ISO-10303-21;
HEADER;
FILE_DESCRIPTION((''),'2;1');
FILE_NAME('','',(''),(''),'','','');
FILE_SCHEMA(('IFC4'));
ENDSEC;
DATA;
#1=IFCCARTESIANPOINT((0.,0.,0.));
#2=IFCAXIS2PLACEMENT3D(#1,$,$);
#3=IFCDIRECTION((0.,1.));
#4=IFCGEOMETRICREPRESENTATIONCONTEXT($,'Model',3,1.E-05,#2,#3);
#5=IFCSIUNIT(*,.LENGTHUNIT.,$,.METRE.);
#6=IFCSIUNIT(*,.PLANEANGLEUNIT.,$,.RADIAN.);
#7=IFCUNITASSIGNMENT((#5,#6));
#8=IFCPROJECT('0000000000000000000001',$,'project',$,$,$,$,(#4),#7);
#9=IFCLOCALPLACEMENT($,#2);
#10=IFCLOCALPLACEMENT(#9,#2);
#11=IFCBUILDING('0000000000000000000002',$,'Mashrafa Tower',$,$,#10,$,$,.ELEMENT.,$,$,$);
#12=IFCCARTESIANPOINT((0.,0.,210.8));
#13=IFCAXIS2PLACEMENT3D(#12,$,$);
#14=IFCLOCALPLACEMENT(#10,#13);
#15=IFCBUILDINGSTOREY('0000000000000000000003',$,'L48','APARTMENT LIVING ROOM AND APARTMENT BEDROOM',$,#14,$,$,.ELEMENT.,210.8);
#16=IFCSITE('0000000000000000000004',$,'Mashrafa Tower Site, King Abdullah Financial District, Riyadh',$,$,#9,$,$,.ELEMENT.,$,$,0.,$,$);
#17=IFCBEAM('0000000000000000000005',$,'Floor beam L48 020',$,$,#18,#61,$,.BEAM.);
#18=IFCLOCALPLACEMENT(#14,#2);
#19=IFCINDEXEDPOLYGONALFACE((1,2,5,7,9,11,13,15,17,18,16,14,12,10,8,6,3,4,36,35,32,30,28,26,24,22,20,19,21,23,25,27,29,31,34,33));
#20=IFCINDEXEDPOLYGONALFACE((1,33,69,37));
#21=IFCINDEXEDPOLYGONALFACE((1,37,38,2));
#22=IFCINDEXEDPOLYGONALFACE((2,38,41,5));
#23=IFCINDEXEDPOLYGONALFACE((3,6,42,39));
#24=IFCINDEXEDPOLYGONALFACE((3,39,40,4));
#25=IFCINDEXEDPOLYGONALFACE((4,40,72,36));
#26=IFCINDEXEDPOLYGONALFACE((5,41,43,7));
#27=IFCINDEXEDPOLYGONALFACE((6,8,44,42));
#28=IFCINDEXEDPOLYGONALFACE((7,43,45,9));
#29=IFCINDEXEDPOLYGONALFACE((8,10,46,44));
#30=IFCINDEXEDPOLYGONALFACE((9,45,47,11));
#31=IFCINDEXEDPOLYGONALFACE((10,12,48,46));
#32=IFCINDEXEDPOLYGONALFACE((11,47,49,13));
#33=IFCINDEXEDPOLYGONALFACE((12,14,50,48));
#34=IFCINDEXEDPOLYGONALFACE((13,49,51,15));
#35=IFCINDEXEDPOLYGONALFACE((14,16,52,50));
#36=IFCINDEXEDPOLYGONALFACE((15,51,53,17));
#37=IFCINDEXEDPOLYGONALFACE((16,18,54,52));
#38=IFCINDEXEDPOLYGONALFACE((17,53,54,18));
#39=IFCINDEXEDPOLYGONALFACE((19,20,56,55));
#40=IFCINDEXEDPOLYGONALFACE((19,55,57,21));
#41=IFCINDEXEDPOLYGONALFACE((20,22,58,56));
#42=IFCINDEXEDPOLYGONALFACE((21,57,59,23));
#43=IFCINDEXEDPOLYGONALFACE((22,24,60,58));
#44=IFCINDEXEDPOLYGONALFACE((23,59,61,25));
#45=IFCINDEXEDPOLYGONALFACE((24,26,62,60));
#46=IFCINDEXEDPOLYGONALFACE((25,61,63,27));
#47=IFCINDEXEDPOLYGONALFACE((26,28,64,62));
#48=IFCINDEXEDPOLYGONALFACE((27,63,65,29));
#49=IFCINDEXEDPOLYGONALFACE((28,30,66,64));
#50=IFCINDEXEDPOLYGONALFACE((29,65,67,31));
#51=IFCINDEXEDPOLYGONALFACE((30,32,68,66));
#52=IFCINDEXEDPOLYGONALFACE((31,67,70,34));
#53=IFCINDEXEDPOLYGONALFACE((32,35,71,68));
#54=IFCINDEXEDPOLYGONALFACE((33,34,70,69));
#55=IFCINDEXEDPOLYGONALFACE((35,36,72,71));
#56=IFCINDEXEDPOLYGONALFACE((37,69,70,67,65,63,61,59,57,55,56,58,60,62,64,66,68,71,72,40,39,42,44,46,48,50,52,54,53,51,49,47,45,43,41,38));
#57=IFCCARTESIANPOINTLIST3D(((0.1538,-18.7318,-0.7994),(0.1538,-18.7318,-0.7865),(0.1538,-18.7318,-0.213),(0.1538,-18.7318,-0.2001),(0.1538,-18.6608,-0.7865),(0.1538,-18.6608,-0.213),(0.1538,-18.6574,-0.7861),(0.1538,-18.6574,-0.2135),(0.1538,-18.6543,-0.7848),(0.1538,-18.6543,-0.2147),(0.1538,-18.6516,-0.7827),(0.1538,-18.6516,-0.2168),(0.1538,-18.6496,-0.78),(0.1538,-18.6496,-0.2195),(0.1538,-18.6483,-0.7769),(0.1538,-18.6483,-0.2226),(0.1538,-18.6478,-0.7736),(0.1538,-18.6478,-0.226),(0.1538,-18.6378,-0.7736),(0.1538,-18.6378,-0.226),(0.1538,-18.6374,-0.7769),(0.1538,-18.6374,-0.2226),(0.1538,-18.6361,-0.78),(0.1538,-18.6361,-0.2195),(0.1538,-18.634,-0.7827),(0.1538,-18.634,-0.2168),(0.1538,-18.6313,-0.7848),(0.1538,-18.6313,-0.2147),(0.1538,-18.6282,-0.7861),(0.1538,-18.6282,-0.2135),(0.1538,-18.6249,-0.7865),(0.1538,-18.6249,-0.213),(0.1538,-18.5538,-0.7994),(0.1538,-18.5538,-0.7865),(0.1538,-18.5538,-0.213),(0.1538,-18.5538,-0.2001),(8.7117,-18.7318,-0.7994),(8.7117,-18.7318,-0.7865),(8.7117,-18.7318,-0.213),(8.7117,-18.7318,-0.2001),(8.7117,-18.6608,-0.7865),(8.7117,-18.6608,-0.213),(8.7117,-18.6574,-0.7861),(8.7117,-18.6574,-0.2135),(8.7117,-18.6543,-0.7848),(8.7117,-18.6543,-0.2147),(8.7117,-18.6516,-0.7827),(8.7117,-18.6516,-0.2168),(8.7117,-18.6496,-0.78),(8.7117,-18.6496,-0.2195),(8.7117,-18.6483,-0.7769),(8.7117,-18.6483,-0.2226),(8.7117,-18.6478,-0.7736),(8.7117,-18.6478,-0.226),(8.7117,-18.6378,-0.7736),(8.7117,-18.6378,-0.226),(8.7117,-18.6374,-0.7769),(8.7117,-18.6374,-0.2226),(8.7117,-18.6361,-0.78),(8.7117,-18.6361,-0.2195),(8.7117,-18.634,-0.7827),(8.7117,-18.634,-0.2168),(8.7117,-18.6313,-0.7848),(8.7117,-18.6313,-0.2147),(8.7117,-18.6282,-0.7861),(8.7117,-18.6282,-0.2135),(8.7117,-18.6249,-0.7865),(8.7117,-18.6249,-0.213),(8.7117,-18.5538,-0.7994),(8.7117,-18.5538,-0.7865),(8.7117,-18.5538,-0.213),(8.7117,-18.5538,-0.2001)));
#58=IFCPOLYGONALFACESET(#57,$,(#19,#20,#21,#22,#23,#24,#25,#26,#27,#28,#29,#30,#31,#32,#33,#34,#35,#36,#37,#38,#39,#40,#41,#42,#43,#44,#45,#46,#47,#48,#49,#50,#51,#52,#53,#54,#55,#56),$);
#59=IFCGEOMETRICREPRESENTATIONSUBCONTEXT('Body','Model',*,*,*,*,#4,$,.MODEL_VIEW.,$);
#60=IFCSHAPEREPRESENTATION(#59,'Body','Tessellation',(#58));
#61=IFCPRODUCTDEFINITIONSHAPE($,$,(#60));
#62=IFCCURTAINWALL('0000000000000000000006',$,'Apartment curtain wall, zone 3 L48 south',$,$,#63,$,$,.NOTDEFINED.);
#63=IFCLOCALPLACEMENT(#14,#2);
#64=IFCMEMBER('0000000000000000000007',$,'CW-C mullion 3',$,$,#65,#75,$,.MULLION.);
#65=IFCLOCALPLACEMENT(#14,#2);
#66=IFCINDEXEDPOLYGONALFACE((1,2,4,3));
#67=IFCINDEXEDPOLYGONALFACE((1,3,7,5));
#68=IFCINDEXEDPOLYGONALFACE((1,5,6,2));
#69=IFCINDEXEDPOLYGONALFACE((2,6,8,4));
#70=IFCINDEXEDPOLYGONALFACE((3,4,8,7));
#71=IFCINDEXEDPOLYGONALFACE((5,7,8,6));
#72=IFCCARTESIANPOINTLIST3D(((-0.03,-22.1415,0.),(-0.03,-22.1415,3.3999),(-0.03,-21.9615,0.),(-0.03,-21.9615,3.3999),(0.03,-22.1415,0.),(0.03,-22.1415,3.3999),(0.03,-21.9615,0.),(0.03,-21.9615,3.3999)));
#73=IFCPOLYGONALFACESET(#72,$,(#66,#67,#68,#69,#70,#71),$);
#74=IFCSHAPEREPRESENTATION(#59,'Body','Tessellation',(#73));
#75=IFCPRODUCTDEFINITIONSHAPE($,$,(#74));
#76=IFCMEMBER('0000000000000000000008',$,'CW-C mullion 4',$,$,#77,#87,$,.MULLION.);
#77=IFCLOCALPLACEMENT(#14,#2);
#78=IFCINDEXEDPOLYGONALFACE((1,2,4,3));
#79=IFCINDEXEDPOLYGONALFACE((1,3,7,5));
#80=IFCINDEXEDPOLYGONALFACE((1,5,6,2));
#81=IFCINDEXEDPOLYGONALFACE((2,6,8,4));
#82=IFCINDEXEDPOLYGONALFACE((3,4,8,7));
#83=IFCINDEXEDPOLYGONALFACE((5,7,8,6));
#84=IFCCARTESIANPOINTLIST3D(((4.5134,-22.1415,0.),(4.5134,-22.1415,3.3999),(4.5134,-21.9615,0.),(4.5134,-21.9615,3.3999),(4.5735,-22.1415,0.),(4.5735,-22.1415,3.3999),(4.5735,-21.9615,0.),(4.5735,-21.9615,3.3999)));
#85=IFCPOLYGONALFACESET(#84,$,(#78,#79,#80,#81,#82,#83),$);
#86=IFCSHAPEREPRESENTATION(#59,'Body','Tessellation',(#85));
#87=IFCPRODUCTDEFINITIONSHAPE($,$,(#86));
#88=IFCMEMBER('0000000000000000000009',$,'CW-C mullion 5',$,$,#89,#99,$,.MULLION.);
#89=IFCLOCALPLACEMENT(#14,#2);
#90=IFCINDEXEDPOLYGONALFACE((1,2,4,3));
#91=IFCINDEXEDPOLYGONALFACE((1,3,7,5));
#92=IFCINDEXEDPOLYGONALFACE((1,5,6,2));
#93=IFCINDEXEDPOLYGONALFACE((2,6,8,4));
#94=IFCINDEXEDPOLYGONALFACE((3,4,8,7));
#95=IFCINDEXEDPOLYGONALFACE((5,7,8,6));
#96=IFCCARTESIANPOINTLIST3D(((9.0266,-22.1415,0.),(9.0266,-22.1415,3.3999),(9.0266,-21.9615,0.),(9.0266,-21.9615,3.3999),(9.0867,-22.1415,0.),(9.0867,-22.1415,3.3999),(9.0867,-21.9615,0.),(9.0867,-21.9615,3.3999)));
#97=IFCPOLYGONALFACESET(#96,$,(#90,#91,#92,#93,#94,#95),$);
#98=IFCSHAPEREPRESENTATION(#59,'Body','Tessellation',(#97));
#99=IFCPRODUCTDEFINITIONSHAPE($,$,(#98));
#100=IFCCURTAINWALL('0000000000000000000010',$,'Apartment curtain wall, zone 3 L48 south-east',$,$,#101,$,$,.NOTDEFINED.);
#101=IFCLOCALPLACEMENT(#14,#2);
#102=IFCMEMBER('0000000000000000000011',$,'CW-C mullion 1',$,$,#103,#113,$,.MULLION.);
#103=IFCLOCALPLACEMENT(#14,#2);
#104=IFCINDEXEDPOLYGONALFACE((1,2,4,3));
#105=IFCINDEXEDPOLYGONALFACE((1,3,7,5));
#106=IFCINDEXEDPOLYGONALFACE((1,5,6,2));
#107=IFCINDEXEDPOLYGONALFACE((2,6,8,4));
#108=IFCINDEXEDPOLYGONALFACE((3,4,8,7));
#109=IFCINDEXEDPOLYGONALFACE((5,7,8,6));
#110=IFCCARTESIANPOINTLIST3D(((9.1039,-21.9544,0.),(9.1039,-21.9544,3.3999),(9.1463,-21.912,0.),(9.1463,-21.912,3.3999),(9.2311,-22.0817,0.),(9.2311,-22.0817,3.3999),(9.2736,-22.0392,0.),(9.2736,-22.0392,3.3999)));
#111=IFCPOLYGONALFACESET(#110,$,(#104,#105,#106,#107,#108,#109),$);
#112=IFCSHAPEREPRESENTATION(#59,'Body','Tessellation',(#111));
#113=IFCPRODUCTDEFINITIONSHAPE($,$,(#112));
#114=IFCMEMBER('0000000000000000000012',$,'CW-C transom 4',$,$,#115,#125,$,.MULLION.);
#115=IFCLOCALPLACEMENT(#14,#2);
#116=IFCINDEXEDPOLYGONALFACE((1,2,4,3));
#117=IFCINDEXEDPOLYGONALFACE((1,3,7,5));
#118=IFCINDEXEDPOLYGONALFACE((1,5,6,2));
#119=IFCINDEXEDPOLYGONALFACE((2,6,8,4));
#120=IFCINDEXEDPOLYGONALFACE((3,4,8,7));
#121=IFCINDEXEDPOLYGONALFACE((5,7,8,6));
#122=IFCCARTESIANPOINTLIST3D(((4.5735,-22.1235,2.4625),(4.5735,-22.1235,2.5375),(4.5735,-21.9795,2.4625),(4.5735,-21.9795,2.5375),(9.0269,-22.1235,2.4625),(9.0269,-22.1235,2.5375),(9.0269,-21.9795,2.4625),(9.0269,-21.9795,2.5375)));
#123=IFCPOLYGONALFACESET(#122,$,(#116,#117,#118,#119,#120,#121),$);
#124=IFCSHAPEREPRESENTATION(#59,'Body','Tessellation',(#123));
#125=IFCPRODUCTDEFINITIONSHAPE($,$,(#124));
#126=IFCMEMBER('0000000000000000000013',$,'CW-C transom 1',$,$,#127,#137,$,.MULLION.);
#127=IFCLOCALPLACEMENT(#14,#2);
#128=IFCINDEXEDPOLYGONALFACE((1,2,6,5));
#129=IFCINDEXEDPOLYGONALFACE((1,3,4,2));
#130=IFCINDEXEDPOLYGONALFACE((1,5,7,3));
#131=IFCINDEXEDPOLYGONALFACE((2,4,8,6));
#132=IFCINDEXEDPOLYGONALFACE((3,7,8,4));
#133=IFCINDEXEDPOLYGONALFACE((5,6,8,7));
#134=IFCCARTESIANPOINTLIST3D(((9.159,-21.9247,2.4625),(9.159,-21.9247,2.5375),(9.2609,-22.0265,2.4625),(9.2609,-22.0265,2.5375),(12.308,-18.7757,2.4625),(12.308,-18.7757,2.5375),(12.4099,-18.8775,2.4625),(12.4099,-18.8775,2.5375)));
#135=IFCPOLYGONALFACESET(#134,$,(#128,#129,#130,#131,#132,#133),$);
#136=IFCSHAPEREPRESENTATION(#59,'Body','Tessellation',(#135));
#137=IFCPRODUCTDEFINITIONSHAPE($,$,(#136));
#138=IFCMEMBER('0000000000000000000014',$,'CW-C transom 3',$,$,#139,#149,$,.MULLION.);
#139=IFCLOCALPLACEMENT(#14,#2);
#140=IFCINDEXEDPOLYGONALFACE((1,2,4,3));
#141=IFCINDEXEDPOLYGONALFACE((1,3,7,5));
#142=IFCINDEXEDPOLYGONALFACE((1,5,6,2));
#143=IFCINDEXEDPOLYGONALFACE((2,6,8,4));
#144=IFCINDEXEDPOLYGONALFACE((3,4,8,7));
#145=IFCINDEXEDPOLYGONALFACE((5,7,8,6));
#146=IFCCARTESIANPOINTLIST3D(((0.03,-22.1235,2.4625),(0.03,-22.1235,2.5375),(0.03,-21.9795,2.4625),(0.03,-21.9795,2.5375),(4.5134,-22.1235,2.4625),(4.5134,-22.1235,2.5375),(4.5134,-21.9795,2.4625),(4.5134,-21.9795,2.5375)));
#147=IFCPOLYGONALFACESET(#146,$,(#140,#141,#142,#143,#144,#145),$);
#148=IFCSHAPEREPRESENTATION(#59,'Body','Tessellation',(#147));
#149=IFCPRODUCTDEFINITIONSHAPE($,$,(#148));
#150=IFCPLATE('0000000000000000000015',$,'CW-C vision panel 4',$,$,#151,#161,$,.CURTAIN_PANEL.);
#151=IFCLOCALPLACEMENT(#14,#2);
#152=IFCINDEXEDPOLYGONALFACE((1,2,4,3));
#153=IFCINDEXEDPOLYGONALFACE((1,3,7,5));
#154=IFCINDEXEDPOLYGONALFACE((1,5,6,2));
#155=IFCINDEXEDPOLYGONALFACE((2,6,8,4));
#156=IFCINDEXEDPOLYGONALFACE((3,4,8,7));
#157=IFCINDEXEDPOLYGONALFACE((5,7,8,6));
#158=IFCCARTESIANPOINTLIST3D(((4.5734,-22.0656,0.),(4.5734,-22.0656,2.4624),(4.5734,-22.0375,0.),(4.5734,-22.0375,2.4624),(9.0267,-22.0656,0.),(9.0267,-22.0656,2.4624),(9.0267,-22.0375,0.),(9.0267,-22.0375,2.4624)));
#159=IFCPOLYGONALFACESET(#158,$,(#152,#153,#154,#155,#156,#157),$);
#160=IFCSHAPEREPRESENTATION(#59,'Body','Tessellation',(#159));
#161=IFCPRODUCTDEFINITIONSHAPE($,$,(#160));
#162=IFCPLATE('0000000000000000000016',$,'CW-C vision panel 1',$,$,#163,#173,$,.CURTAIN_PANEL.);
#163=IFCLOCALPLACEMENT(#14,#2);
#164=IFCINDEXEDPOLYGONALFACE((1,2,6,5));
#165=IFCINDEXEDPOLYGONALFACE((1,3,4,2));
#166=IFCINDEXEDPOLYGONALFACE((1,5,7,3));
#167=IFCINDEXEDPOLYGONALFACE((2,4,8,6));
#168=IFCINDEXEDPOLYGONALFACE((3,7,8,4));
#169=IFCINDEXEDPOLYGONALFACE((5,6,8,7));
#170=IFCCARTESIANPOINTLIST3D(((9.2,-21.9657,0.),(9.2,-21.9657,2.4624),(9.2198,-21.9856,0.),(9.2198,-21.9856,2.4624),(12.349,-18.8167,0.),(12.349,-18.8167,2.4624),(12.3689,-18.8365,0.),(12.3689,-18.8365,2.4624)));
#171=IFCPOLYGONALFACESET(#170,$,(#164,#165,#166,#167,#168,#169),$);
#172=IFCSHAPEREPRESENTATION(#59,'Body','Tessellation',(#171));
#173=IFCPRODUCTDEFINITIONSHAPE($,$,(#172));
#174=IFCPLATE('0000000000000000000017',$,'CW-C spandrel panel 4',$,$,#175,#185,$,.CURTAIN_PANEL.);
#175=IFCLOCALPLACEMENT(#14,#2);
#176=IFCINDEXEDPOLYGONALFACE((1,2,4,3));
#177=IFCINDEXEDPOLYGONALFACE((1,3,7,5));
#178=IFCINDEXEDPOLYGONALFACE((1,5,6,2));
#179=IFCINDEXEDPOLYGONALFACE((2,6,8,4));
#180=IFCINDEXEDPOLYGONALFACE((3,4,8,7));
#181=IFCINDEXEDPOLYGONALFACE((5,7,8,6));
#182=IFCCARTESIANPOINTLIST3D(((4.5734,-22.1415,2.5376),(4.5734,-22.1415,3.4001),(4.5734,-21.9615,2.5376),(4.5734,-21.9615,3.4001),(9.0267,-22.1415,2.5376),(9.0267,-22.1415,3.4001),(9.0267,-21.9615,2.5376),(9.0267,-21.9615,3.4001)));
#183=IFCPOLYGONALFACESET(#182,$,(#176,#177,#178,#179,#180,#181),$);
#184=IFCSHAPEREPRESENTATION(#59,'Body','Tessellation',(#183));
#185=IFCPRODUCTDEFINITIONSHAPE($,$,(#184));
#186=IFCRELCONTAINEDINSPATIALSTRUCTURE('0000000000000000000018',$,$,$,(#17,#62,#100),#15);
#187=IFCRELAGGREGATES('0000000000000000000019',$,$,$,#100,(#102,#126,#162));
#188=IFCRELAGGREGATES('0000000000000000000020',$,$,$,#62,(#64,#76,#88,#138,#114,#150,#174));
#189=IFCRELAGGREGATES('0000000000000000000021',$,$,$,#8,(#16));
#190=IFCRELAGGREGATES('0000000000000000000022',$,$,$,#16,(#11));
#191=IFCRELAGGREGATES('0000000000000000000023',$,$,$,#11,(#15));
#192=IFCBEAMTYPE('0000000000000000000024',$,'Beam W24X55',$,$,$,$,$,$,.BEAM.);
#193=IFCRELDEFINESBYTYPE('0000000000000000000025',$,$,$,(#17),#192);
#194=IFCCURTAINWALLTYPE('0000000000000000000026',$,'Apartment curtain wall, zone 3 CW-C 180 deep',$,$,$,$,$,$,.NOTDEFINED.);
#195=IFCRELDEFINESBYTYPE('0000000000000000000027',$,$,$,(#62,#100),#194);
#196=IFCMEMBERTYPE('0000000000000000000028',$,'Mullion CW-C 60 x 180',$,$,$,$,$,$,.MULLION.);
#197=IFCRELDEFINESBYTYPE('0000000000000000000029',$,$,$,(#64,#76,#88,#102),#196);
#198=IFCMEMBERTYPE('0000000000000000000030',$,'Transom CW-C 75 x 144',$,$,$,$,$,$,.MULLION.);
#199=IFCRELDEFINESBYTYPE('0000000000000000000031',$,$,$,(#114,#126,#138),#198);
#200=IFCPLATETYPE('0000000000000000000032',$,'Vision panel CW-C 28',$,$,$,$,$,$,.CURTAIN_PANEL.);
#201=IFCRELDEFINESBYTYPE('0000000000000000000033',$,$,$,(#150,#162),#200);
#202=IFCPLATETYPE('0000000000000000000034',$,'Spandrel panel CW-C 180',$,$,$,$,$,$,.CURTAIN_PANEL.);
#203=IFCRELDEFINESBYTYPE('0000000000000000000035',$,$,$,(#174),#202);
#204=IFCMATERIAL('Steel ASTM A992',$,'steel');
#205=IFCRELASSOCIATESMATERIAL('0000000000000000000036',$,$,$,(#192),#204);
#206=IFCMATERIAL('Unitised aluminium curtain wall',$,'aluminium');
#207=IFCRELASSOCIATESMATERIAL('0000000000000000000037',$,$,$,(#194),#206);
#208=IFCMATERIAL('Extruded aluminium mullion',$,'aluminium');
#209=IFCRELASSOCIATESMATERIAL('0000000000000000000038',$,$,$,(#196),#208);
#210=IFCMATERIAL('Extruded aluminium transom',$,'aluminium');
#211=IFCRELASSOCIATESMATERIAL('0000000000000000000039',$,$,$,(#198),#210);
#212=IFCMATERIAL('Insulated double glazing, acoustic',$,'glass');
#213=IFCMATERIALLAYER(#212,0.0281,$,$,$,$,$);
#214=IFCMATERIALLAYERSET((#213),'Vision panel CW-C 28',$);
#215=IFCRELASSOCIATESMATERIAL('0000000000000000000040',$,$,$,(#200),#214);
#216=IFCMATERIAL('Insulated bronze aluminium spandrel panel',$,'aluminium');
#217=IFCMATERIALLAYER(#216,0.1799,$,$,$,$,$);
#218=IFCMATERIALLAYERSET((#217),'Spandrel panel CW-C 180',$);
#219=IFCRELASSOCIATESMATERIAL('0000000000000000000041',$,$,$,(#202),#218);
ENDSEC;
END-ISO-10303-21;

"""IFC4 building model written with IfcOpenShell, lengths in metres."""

from ifc_helpers import new_model, si_unit, direction, frame, origin, origin_2d, place, context, subcontext, project, spatial, rectangle, i_section, extrude, source, transform, mapped, material, layer, layer_set, material_profile, profile_set, type_object, type_shapes, element, aggregate, save


model = new_model("IFC4")

# Units and contexts
model_context = context("Model", 3, precision=1e-05, world=origin(), true_north=direction((0.0, 1.0)))
body_context = subcontext(model_context, "Body", "Model", "MODEL_VIEW")
ifc_project = project(units=[si_unit("LENGTHUNIT", "METRE"), si_unit("PLANEANGLEUNIT", "RADIAN")], contexts=[model_context])

# Site, building, storey
site_placement = place(None, origin())
site = spatial("IfcSite", under=ifc_project, at=site_placement, Name="Mashrafa Tower Site, King Abdullah Financial District, Riyadh", CompositionType="ELEMENT", RefElevation=0.0)
building_placement = place(site_placement, origin())
building = spatial("IfcBuilding", under=site, at=building_placement, Name="Mashrafa Tower", CompositionType="ELEMENT")
storey_placement = place(building_placement, frame((0.0, 0.0, 210.8)))
storey = spatial("IfcBuildingStorey", under=building, at=storey_placement, Name="L48", Description="APARTMENT LIVING ROOM AND APARTMENT BEDROOM", CompositionType="ELEMENT", Elevation=210.8)

# Beam
ifc_material_1 = material(Name="Steel ASTM A992", Category="steel")
ifc_material_profile_1 = material_profile(ifc_material_1, i_section(OverallWidth=0.178, OverallDepth=0.5994, WebThickness=0.01, FlangeThickness=0.0129, FilletRadius=0.0129, at=origin_2d()), Name="W24X55")
ifc_profile_set_1 = profile_set([ifc_material_profile_1], Name="Steel ASTM A992")
beam_type_1 = type_object("IfcBeamType", Name="Beam W24X55", PredefinedType="BEAM", material=ifc_profile_set_1)
beam_1_placement = place(storey_placement, frame((8.7117, -18.6428, -0.4998), z_axis=(-1.0, 0.0, 0.0), x_axis=(0.0, -1.0, 0.0)))
element("IfcBeam", 1, at=beam_1_placement, inside=storey, type_object=beam_type_1, Name="Floor beam L48 020", PredefinedType="BEAM", context=body_context, shape_type="SweptSolid", body=[
    extrude(i_section(OverallWidth=0.178, OverallDepth=0.5994, WebThickness=0.01, FlangeThickness=0.0129, FilletRadius=0.0129, at=origin_2d()), origin(), (0.0, 0.0, 1.0), 8.5579),
])

# Curtain wall, members
ifc_material_2 = material(Name="Unitised aluminium curtain wall", Category="aluminium")
curtain_wall_type = type_object("IfcCurtainWallType", Name="Apartment curtain wall, zone 3 CW-C 180 deep", PredefinedType="NOTDEFINED", material=ifc_material_2)
curtain_wall_1_placement = place(storey_placement, origin())
curtain_wall_1 = element("IfcCurtainWall", 2, at=curtain_wall_1_placement, inside=storey, type_object=curtain_wall_type, Name="Apartment curtain wall, zone 3 L48 south", PredefinedType="NOTDEFINED")
ifc_material_3 = material(Name="Extruded aluminium mullion", Category="aluminium")
ifc_material_profile_2 = material_profile(ifc_material_3, rectangle(XDim=0.1799, YDim=0.0601, at=origin_2d()), Name="Mullion 60x180")
ifc_profile_set_2 = profile_set([ifc_material_profile_2], Name="Extruded aluminium mullion")
member_type_1 = type_object("IfcMemberType", Name="Mullion CW-C 60 x 180", PredefinedType="MULLION", material=ifc_profile_set_2)
shared_shape_1 = source(origin(), body_context, "Body", "SweptSolid", [
    extrude(rectangle(XDim=0.1799, YDim=0.0601, at=origin_2d()), origin(), (0.0, 0.0, 1.0), 3.3999),
])
type_shapes(member_type_1, [shared_shape_1])
member_1_placement = place(storey_placement, frame((0.0, -22.0515, 0.0), z_axis=(0.0, 0.0, 1.0), x_axis=(0.0, 1.0, 0.0)))
member_1 = element("IfcMember", 3, at=member_1_placement, type_object=member_type_1, Name="CW-C mullion 3", PredefinedType="MULLION", context=body_context, shape_type="MappedRepresentation", body=[
    mapped(shared_shape_1, transform((0.0, 0.0, 0.0))),
])
member_2_placement = place(storey_placement, frame((4.5435, -22.0515, 0.0), z_axis=(0.0, 0.0, 1.0), x_axis=(0.0, 1.0, 0.0)))
member_2 = element("IfcMember", 4, at=member_2_placement, type_object=member_type_1, Name="CW-C mullion 4", PredefinedType="MULLION", context=body_context, shape_type="MappedRepresentation", body=[
    mapped(shared_shape_1, transform((0.0, 0.0, 0.0))),
])
member_3_placement = place(storey_placement, frame((9.0566, -22.0515, 0.0), z_axis=(0.0, 0.0, 1.0), x_axis=(0.0, 1.0, 0.0)))
member_3 = element("IfcMember", 5, at=member_3_placement, type_object=member_type_1, Name="CW-C mullion 5", PredefinedType="MULLION", context=body_context, shape_type="MappedRepresentation", body=[
    mapped(shared_shape_1, transform((0.0, 0.0, 0.0))),
])

# Curtain wall, member
curtain_wall_2_placement = place(storey_placement, origin())
curtain_wall_2 = element("IfcCurtainWall", 6, at=curtain_wall_2_placement, inside=storey, type_object=curtain_wall_type, Name="Apartment curtain wall, zone 3 L48 south-east", PredefinedType="NOTDEFINED")
member_4_placement = place(storey_placement, frame((9.1887, -21.9968, 0.0), z_axis=(0.0, 0.0, 1.0), x_axis=(-0.707107, 0.707107, 0.0)))
member_4 = element("IfcMember", 7, at=member_4_placement, type_object=member_type_1, Name="CW-C mullion 1", PredefinedType="MULLION", context=body_context, shape_type="MappedRepresentation", body=[
    mapped(shared_shape_1, transform((0.0, 0.0, 0.0))),
])

# Members
ifc_material_4 = material(Name="Extruded aluminium transom", Category="aluminium")
ifc_material_profile_3 = material_profile(ifc_material_4, rectangle(XDim=0.144, YDim=0.075, at=origin_2d()), Name="Transom 75x144")
ifc_profile_set_3 = profile_set([ifc_material_profile_3], Name="Extruded aluminium transom")
member_type_2 = type_object("IfcMemberType", Name="Transom CW-C 75 x 144", PredefinedType="MULLION", material=ifc_profile_set_3)
shared_shape_2 = source(origin(), body_context, "Body", "SweptSolid", [
    extrude(rectangle(XDim=0.144, YDim=0.075, at=origin_2d()), origin(), (0.0, 0.0, 1.0), 4.4534),
])
member_5_placement = place(storey_placement, frame((4.5735, -22.0515, 2.5), z_axis=(1.0, 0.0, 0.0), x_axis=(0.0, 1.0, 0.0)))
member_5 = element("IfcMember", 8, at=member_5_placement, type_object=member_type_2, Name="CW-C transom 4", PredefinedType="MULLION", context=body_context, shape_type="MappedRepresentation", body=[
    mapped(shared_shape_2, transform((0.0, 0.0, 0.0))),
])
member_6_placement = place(storey_placement, frame((9.21, -21.9756, 2.5), z_axis=(0.707107, 0.707107, 0.0), x_axis=(-0.707107, 0.707107, 0.0)))
member_6 = element("IfcMember", 9, at=member_6_placement, type_object=member_type_2, Name="CW-C transom 1", PredefinedType="MULLION", context=body_context, shape_type="MappedRepresentation", body=[
    mapped(shared_shape_2, transform((0.0, 0.0, 0.0))),
])
shared_shape_3 = source(origin(), body_context, "Body", "SweptSolid", [
    extrude(rectangle(XDim=0.144, YDim=0.075, at=origin_2d()), origin(), (0.0, 0.0, 1.0), 4.4834),
])
type_shapes(member_type_2, [shared_shape_2, shared_shape_3])
member_7_placement = place(storey_placement, frame((0.03, -22.0515, 2.5), z_axis=(1.0, 0.0, 0.0), x_axis=(0.0, 1.0, 0.0)))
member_7 = element("IfcMember", 10, at=member_7_placement, type_object=member_type_2, Name="CW-C transom 3", PredefinedType="MULLION", context=body_context, shape_type="MappedRepresentation", body=[
    mapped(shared_shape_3, transform((0.0, 0.0, 0.0))),
])

# Plates
ifc_material_5 = material(Name="Insulated double glazing, acoustic", Category="glass")
ifc_layer_1 = layer(ifc_material_5, 0.0281)
ifc_layer_set_1 = layer_set([ifc_layer_1], Name="Vision panel CW-C 28")
plate_type_1 = type_object("IfcPlateType", Name="Vision panel CW-C 28", PredefinedType="CURTAIN_PANEL", material=ifc_layer_set_1)
shared_shape_4 = source(origin(), body_context, "Body", "SweptSolid", [
    extrude(rectangle(XDim=4.4534, YDim=0.0281, at=origin_2d()), origin(), (0.0, 0.0, 1.0), 2.4624),
])
plate_1_placement = place(storey_placement, frame((6.8, -22.0515, 0.0), z_axis=(0.0, 0.0, 1.0), x_axis=(1.0, 0.0, 0.0)))
plate_1 = element("IfcPlate", 11, at=plate_1_placement, type_object=plate_type_1, Name="CW-C vision panel 4", PredefinedType="CURTAIN_PANEL", context=body_context, shape_type="MappedRepresentation", body=[
    mapped(shared_shape_4, transform((0.0, 0.0, 0.0))),
])
plate_2_placement = place(storey_placement, frame((10.7844, -20.4011, 0.0), z_axis=(0.0, 0.0, 1.0), x_axis=(0.707107, 0.707107, 0.0)))
plate_2 = element("IfcPlate", 12, at=plate_2_placement, type_object=plate_type_1, Name="CW-C vision panel 1", PredefinedType="CURTAIN_PANEL", context=body_context, shape_type="MappedRepresentation", body=[
    mapped(shared_shape_4, transform((0.0, 0.0, 0.0))),
])
ifc_material_6 = material(Name="Insulated bronze aluminium spandrel panel", Category="aluminium")
ifc_layer_2 = layer(ifc_material_6, 0.1799)
ifc_layer_set_2 = layer_set([ifc_layer_2], Name="Spandrel panel CW-C 180")
plate_type_2 = type_object("IfcPlateType", Name="Spandrel panel CW-C 180", PredefinedType="CURTAIN_PANEL", material=ifc_layer_set_2)
shared_shape_5 = source(origin(), body_context, "Body", "SweptSolid", [
    extrude(rectangle(XDim=4.4534, YDim=0.1799, at=origin_2d()), origin(), (0.0, 0.0, 1.0), 0.8625),
])
plate_3_placement = place(storey_placement, frame((6.8, -22.0515, 2.5376), z_axis=(0.0, 0.0, 1.0), x_axis=(1.0, 0.0, 0.0)))
plate_3 = element("IfcPlate", 13, at=plate_3_placement, type_object=plate_type_2, Name="CW-C spandrel panel 4", PredefinedType="CURTAIN_PANEL", context=body_context, shape_type="MappedRepresentation", body=[
    mapped(shared_shape_5, transform((0.0, 0.0, 0.0))),
])
aggregate(curtain_wall_2, [member_4, member_6, plate_2])
aggregate(curtain_wall_1, [member_1, member_2, member_3, member_7, member_5, plate_1, plate_3])

save(model, "model.ifc")
